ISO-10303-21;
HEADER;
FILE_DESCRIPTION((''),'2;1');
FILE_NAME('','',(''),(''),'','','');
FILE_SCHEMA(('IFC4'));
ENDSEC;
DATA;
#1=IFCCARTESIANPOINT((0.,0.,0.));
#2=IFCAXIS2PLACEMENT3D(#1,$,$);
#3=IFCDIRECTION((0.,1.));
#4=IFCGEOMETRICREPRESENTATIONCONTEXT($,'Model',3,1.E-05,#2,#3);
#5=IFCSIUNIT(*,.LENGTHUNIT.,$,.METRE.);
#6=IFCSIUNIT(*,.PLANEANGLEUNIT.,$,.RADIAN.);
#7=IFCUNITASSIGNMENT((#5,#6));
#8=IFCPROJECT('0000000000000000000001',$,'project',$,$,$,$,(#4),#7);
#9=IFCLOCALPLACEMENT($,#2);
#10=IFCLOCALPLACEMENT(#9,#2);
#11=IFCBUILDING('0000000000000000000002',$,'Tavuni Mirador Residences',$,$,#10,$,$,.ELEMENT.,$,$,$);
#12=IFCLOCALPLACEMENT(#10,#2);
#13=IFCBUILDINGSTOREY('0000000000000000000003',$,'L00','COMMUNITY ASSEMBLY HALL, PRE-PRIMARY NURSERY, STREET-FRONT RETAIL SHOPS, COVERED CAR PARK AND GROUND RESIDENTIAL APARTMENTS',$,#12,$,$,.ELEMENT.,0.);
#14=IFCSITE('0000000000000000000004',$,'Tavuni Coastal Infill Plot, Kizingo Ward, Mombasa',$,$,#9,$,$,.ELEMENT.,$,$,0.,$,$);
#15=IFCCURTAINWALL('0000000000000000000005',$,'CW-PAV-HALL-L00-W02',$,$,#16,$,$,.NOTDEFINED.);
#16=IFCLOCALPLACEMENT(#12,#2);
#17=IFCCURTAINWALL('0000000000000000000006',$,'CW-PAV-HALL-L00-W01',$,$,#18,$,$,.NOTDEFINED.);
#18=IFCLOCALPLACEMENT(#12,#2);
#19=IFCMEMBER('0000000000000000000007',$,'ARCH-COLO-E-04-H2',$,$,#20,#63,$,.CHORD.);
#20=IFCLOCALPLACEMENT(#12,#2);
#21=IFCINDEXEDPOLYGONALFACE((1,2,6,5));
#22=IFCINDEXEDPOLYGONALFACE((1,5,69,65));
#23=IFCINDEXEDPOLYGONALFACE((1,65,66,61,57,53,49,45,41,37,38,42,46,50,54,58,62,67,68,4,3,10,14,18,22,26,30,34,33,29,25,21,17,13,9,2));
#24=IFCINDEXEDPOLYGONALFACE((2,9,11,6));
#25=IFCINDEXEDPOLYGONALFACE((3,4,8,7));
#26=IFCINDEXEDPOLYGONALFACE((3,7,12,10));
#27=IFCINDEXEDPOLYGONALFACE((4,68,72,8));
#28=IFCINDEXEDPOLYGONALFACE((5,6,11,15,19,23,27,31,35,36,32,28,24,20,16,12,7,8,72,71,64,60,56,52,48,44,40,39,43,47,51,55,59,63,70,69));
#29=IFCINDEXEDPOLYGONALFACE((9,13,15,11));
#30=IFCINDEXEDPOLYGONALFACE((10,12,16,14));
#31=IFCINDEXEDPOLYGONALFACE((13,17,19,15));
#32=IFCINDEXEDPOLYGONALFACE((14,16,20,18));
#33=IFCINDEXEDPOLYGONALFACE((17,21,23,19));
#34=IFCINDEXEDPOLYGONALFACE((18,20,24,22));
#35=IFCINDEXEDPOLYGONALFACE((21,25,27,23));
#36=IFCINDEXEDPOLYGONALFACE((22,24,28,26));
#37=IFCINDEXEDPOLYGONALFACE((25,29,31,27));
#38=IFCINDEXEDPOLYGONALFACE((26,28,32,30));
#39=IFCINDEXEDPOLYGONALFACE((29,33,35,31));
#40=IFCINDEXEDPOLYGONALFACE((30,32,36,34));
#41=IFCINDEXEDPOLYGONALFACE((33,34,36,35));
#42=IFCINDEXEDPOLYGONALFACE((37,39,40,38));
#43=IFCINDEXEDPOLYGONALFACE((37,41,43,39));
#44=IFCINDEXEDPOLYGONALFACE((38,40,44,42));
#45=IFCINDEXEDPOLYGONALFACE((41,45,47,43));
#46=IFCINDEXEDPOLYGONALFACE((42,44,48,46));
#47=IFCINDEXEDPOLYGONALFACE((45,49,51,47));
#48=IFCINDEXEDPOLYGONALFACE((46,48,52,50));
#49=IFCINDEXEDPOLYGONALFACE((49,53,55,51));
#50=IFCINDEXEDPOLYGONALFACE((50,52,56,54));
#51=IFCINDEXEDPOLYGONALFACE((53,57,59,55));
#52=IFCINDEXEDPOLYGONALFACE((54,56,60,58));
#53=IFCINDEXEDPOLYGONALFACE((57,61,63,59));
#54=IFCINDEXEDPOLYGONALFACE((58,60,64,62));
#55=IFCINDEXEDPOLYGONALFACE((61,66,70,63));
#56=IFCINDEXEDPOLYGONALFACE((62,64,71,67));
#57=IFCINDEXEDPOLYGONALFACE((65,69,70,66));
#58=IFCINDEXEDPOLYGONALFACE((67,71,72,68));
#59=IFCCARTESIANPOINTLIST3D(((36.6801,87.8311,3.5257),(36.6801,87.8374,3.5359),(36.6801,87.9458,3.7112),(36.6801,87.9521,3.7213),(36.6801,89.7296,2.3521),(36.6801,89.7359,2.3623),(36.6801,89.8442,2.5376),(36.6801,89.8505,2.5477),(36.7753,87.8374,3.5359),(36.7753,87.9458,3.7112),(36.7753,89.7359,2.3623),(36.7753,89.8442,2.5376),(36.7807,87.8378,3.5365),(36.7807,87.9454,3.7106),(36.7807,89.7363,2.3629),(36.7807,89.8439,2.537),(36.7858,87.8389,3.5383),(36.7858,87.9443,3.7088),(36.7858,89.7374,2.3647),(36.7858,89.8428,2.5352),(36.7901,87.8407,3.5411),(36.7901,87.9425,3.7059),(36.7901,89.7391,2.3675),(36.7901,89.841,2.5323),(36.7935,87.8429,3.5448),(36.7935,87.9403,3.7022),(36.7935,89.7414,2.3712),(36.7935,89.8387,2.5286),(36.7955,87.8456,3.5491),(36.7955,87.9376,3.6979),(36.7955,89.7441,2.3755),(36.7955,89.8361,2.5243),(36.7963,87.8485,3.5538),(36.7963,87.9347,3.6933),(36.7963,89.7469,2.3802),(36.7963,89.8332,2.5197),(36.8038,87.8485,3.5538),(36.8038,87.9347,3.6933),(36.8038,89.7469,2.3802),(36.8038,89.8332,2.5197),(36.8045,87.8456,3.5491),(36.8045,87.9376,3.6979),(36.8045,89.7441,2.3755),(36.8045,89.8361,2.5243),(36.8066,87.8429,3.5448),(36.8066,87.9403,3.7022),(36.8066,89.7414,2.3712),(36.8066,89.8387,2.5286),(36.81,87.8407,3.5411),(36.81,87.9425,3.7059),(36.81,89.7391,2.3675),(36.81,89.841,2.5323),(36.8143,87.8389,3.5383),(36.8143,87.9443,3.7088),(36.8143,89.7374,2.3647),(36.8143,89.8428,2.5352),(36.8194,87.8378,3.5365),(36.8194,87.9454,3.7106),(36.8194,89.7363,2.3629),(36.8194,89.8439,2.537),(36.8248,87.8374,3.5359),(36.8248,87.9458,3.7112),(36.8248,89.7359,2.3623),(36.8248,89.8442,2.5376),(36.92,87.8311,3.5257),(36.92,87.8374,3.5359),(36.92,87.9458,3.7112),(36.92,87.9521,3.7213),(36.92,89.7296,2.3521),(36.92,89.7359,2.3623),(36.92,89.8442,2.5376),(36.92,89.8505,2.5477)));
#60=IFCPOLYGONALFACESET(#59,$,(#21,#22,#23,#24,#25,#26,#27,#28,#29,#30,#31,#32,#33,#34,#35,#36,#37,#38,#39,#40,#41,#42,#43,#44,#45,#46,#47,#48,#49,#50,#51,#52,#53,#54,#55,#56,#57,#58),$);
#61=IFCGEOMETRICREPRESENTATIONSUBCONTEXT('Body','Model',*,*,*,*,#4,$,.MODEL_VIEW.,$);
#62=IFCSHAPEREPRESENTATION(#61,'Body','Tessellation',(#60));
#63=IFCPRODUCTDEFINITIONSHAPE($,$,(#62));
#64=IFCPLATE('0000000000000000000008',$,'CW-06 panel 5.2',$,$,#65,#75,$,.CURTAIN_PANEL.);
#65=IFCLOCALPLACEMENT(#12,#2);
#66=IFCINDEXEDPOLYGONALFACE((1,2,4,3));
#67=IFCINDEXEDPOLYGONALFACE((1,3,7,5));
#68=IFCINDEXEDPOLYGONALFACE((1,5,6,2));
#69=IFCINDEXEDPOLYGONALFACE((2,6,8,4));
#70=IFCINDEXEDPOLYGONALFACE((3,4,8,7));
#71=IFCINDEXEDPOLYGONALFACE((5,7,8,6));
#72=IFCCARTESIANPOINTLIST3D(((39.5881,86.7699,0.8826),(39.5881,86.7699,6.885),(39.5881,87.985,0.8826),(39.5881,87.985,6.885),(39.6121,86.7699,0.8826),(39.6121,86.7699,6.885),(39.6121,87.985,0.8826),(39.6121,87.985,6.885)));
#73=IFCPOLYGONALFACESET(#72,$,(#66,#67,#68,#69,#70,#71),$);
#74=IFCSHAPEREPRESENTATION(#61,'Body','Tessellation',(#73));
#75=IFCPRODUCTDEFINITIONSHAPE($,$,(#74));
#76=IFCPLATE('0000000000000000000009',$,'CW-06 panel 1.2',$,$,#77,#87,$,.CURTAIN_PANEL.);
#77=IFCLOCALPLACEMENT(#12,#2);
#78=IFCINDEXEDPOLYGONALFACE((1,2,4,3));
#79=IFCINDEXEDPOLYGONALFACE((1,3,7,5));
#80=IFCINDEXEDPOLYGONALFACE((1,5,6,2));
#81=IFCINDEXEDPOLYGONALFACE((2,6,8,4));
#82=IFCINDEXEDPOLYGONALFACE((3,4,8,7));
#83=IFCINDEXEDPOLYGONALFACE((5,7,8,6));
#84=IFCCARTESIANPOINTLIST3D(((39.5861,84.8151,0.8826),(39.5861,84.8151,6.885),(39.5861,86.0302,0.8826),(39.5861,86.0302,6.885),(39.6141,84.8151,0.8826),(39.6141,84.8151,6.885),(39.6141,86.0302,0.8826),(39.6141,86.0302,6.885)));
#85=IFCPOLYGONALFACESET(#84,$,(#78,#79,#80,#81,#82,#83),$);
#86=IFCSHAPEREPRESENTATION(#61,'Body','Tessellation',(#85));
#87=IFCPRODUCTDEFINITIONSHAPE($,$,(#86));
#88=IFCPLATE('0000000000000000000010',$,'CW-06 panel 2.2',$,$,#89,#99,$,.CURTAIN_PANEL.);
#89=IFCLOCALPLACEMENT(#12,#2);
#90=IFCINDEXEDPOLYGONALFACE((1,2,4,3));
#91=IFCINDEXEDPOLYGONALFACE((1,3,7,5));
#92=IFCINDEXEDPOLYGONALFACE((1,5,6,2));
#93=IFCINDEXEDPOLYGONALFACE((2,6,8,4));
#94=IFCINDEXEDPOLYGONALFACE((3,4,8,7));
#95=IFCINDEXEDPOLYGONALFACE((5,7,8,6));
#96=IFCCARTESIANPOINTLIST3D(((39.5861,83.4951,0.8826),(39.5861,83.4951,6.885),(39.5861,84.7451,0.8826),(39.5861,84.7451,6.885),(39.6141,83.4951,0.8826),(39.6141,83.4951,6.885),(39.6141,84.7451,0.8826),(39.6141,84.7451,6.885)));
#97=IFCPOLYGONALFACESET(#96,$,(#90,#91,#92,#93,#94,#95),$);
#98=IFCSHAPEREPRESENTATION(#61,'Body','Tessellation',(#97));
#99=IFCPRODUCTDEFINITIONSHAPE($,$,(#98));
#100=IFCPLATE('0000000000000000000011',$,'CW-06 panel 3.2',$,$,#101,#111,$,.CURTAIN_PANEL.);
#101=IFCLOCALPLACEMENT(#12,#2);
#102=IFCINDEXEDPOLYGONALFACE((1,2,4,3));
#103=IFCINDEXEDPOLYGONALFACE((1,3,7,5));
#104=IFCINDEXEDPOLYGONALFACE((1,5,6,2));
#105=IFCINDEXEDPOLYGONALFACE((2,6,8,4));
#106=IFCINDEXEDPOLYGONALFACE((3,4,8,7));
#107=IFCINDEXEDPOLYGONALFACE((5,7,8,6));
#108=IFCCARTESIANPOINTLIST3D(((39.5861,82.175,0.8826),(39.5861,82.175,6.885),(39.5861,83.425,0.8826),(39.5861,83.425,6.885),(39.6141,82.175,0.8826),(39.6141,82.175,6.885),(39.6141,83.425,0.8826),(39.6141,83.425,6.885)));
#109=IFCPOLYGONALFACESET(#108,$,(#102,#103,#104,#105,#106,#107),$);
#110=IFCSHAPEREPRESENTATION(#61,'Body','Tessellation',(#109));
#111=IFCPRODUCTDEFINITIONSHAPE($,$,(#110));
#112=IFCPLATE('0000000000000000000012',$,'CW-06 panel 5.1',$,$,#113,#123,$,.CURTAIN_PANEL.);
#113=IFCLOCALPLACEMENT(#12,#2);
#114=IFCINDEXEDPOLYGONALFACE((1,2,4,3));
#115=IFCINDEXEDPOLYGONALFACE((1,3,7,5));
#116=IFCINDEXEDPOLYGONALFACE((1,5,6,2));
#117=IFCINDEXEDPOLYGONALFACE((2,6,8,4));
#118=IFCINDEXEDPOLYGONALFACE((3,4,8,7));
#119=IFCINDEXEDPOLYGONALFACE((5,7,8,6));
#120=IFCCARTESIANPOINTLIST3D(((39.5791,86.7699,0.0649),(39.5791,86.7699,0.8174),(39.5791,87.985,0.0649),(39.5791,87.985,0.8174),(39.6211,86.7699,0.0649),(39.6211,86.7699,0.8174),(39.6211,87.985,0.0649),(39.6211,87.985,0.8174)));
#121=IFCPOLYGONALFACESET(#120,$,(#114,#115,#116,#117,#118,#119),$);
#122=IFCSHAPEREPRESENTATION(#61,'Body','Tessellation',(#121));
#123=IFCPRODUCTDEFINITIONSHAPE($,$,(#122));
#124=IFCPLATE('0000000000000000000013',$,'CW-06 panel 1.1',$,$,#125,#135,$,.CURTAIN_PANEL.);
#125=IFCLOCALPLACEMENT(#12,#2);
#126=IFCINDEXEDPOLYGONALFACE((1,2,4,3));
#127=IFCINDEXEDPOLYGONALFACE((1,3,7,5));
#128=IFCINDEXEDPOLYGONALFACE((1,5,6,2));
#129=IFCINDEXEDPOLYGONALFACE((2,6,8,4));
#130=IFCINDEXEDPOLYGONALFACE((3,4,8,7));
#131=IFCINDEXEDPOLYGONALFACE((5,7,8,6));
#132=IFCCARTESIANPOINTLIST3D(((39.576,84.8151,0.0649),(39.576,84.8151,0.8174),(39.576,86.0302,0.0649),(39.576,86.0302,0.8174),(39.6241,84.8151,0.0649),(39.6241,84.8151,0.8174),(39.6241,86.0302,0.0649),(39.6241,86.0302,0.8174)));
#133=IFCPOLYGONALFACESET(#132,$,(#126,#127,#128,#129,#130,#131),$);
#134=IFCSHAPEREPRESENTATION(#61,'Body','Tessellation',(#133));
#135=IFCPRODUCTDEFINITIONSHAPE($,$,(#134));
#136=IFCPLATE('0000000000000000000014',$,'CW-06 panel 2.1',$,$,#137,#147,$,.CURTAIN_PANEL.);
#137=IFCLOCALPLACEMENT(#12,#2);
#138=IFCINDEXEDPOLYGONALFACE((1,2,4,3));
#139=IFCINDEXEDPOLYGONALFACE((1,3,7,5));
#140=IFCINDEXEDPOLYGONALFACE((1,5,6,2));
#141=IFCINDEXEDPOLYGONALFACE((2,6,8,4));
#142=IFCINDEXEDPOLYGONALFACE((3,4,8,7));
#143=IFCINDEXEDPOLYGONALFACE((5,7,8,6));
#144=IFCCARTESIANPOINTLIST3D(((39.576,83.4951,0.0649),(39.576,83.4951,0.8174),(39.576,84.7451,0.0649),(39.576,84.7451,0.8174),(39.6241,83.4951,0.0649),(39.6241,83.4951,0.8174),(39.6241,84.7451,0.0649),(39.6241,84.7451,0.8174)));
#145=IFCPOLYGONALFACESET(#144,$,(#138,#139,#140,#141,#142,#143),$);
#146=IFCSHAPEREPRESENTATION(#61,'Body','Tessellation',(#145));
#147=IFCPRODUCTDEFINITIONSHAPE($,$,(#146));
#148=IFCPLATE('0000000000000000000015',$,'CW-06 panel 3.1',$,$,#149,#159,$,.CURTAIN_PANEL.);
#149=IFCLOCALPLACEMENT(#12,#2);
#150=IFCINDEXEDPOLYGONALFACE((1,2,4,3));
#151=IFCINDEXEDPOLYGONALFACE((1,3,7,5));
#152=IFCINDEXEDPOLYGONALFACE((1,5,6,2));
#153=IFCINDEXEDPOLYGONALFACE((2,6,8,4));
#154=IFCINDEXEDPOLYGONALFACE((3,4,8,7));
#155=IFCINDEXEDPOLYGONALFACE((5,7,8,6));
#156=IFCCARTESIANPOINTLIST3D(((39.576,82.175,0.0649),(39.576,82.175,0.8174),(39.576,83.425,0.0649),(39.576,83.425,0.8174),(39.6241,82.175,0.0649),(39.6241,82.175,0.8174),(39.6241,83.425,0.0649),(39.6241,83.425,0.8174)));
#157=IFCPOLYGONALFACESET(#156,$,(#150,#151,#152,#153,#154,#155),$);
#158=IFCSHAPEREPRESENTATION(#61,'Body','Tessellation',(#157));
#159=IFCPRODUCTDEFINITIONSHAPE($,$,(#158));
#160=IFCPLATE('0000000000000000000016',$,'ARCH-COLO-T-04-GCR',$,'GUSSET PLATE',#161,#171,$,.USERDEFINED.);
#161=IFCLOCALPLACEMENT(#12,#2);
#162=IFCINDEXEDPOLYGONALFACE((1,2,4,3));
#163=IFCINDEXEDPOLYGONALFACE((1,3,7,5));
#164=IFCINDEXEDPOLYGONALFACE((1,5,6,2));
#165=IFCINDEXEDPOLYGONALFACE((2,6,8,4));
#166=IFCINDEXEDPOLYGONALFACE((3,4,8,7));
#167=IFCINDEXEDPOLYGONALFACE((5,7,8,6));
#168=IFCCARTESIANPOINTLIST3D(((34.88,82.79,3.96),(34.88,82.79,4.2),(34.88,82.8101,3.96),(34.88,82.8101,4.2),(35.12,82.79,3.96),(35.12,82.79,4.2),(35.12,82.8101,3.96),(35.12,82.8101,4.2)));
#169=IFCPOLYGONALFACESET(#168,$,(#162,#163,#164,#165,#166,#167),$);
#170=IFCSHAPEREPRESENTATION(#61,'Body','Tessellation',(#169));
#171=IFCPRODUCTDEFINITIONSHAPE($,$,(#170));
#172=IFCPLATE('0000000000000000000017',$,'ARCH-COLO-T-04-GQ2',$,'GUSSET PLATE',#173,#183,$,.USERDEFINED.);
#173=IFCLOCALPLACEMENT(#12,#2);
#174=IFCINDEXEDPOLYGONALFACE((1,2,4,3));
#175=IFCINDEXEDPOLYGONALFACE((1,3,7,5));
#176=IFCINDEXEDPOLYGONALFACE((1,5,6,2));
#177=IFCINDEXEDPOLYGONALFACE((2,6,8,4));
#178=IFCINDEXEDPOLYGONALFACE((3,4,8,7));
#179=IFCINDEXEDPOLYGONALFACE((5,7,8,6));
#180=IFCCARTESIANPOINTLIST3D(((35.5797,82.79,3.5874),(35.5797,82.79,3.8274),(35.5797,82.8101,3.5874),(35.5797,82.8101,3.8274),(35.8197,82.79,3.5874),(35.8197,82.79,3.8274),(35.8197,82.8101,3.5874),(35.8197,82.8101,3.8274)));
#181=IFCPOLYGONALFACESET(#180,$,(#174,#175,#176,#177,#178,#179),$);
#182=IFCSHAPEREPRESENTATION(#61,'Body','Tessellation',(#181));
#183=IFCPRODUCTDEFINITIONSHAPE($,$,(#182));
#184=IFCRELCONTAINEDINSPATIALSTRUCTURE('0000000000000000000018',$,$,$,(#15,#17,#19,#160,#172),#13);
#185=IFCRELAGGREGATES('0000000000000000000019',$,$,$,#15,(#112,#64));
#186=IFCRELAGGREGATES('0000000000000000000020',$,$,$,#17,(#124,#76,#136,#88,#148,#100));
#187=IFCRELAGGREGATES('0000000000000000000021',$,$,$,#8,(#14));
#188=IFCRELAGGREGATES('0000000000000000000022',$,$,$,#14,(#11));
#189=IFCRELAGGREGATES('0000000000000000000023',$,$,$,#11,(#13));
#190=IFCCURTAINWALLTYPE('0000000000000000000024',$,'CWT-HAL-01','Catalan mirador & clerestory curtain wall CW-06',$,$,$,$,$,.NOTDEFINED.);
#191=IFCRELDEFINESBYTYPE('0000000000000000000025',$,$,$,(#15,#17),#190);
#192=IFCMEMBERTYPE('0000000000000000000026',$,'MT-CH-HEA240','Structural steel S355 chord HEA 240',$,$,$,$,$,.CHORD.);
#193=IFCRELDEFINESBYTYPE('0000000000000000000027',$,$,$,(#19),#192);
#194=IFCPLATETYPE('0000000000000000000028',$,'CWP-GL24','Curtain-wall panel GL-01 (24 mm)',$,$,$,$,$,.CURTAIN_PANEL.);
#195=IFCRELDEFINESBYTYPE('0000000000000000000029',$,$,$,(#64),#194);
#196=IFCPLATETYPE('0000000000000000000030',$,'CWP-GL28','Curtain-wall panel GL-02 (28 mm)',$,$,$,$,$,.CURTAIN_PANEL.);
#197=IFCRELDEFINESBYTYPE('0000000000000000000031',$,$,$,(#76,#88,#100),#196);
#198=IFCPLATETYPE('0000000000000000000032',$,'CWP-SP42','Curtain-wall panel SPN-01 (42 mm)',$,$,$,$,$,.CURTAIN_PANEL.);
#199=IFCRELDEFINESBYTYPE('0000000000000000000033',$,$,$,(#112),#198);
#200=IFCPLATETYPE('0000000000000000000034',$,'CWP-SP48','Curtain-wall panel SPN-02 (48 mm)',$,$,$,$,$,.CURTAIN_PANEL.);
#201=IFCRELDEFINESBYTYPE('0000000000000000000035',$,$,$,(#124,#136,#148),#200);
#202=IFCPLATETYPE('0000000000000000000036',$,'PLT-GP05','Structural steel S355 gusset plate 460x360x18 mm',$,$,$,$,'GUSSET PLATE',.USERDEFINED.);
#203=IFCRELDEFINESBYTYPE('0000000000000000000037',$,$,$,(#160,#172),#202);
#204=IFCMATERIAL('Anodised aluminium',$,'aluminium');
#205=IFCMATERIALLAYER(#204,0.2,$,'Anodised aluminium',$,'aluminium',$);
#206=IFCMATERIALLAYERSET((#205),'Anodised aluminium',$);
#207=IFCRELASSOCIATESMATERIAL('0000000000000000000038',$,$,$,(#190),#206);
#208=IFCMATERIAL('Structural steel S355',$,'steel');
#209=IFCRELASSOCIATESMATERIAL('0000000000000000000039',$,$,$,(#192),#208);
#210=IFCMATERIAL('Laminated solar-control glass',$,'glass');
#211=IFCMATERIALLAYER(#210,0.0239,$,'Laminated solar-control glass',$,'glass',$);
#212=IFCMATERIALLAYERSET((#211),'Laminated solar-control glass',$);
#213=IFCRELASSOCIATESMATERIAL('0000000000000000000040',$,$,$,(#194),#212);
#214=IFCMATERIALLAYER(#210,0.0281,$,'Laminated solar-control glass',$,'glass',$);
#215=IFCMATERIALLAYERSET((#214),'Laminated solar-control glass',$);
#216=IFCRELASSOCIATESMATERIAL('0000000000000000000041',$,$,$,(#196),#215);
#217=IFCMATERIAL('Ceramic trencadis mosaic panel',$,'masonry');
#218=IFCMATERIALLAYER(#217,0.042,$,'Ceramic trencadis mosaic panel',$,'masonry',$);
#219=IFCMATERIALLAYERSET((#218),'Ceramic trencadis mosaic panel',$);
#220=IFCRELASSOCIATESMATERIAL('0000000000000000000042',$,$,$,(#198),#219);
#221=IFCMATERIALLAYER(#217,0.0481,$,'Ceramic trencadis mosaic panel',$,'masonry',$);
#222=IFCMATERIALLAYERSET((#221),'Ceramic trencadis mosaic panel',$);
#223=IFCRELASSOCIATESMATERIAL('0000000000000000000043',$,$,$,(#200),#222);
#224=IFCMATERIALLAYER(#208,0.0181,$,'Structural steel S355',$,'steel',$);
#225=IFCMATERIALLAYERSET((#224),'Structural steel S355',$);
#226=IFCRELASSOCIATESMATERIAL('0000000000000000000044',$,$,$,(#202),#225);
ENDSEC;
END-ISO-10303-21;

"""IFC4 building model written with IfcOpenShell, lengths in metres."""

from ifc_helpers import new_model, si_unit, direction, frame, origin, origin_2d, place, context, subcontext, project, spatial, rectangle, i_section, extrude, material, layer, layer_set, material_profile, profile_set, type_object, element, aggregate, save


model = new_model("IFC4")

# Units and contexts
model_context = context("Model", 3, precision=1e-05, world=origin(), true_north=direction((0.0, 1.0)))
body_context = subcontext(model_context, "Body", "Model", "MODEL_VIEW")
ifc_project = project(units=[si_unit("LENGTHUNIT", "METRE"), si_unit("PLANEANGLEUNIT", "RADIAN")], contexts=[model_context])

# Site, building, storey
site_placement = place(None, origin())
site = spatial("IfcSite", under=ifc_project, at=site_placement, Name="Tavuni Coastal Infill Plot, Kizingo Ward, Mombasa", CompositionType="ELEMENT", RefElevation=0.0)
building_placement = place(site_placement, origin())
building = spatial("IfcBuilding", under=site, at=building_placement, Name="Tavuni Mirador Residences", CompositionType="ELEMENT")
storey_placement = place(building_placement, origin())
storey = spatial("IfcBuildingStorey", under=building, at=storey_placement, Name="L00", Description="COMMUNITY ASSEMBLY HALL, PRE-PRIMARY NURSERY, STREET-FRONT RETAIL SHOPS, COVERED CAR PARK AND GROUND RESIDENTIAL APARTMENTS", CompositionType="ELEMENT", Elevation=0.0)

# Curtain wall
ifc_material_1 = material(Name="Anodised aluminium", Category="aluminium")
ifc_layer_1 = layer(ifc_material_1, 0.2, Name="Anodised aluminium", Category="aluminium")
ifc_layer_set_1 = layer_set([ifc_layer_1], Name="Anodised aluminium")
curtain_wall_type = type_object("IfcCurtainWallType", Name="CWT-HAL-01", Description="Catalan mirador & clerestory curtain wall CW-06", PredefinedType="NOTDEFINED", material=ifc_layer_set_1)
curtain_wall_1_placement = place(storey_placement, origin())
curtain_wall_1 = element("IfcCurtainWall", 1, at=curtain_wall_1_placement, inside=storey, type_object=curtain_wall_type, Name="CW-PAV-HALL-L00-W02", PredefinedType="NOTDEFINED")

# Curtain wall
curtain_wall_2_placement = place(storey_placement, origin())
curtain_wall_2 = element("IfcCurtainWall", 2, at=curtain_wall_2_placement, inside=storey, type_object=curtain_wall_type, Name="CW-PAV-HALL-L00-W01", PredefinedType="NOTDEFINED")

# Member
ifc_material_2 = material(Name="Structural steel S355", Category="steel")
ifc_material_profile_1 = material_profile(ifc_material_2, i_section(OverallWidth=0.24, OverallDepth=0.23, WebThickness=0.0076, FlangeThickness=0.012, FilletRadius=0.021, at=origin_2d()), Name="HEA 240", Category="steel")
ifc_profile_set_1 = profile_set([ifc_material_profile_1], Name="Structural steel S355")
member_type_1 = type_object("IfcMemberType", Name="MT-CH-HEA240", Description="Structural steel S355 chord HEA 240", PredefinedType="CHORD", material=ifc_profile_set_1)
member_1_placement = place(storey_placement, frame((36.8, 87.8916, 3.6235), z_axis=(0.0, 0.850594, -0.525824), x_axis=(-1.0, 0.0, 0.0)))
element("IfcMember", 3, at=member_1_placement, inside=storey, type_object=member_type_1, Name="ARCH-COLO-E-04-H2", PredefinedType="CHORD", context=body_context, shape_type="SweptSolid", body=[
    extrude(i_section(OverallWidth=0.24, OverallDepth=0.23, WebThickness=0.0076, FlangeThickness=0.012, FilletRadius=0.021, at=origin_2d()), origin(), (0.0, 0.0, 1.0), 2.2319),
])

# Plates
ifc_material_3 = material(Name="Laminated solar-control glass", Category="glass")
ifc_layer_2 = layer(ifc_material_3, 0.0239, Name="Laminated solar-control glass", Category="glass")
ifc_layer_set_2 = layer_set([ifc_layer_2], Name="Laminated solar-control glass")
plate_type_1 = type_object("IfcPlateType", Name="CWP-GL24", Description="Curtain-wall panel GL-01 (24 mm)", PredefinedType="CURTAIN_PANEL", material=ifc_layer_set_2)
plate_1_placement = place(storey_placement, frame((39.6001, 87.3774, 0.8826), z_axis=(0.0, 0.0, 1.0), x_axis=(0.0, -1.0, 0.0)))
plate_1 = element("IfcPlate", 4, at=plate_1_placement, type_object=plate_type_1, Name="CW-06 panel 5.2", PredefinedType="CURTAIN_PANEL", context=body_context, shape_type="SweptSolid", body=[
    extrude(rectangle(XDim=1.2151, YDim=0.0239, at=origin_2d()), origin(), (0.0, 0.0, 1.0), 6.0024),
])
ifc_layer_3 = layer(ifc_material_3, 0.0281, Name="Laminated solar-control glass", Category="glass")
ifc_layer_set_3 = layer_set([ifc_layer_3], Name="Laminated solar-control glass")
plate_type_2 = type_object("IfcPlateType", Name="CWP-GL28", Description="Curtain-wall panel GL-02 (28 mm)", PredefinedType="CURTAIN_PANEL", material=ifc_layer_set_3)
plate_2_placement = place(storey_placement, frame((39.6001, 85.4226, 0.8826), z_axis=(0.0, 0.0, 1.0), x_axis=(0.0, -1.0, 0.0)))
plate_2 = element("IfcPlate", 5, at=plate_2_placement, type_object=plate_type_2, Name="CW-06 panel 1.2", PredefinedType="CURTAIN_PANEL", context=body_context, shape_type="SweptSolid", body=[
    extrude(rectangle(XDim=1.2151, YDim=0.0281, at=origin_2d()), origin(), (0.0, 0.0, 1.0), 6.0024),
])
plate_3_placement = place(storey_placement, frame((39.6001, 84.1201, 0.8826), z_axis=(0.0, 0.0, 1.0), x_axis=(0.0, -1.0, 0.0)))
plate_3 = element("IfcPlate", 6, at=plate_3_placement, type_object=plate_type_2, Name="CW-06 panel 2.2", PredefinedType="CURTAIN_PANEL", context=body_context, shape_type="SweptSolid", body=[
    extrude(rectangle(XDim=1.25, YDim=0.0281, at=origin_2d()), origin(), (0.0, 0.0, 1.0), 6.0024),
])
plate_4_placement = place(storey_placement, frame((39.6001, 82.8, 0.8826), z_axis=(0.0, 0.0, 1.0), x_axis=(0.0, -1.0, 0.0)))
plate_4 = element("IfcPlate", 7, at=plate_4_placement, type_object=plate_type_2, Name="CW-06 panel 3.2", PredefinedType="CURTAIN_PANEL", context=body_context, shape_type="SweptSolid", body=[
    extrude(rectangle(XDim=1.25, YDim=0.0281, at=origin_2d()), origin(), (0.0, 0.0, 1.0), 6.0024),
])
ifc_material_4 = material(Name="Ceramic trencadis mosaic panel", Category="masonry")
ifc_layer_4 = layer(ifc_material_4, 0.042, Name="Ceramic trencadis mosaic panel", Category="masonry")
ifc_layer_set_4 = layer_set([ifc_layer_4], Name="Ceramic trencadis mosaic panel")
plate_type_3 = type_object("IfcPlateType", Name="CWP-SP42", Description="Curtain-wall panel SPN-01 (42 mm)", PredefinedType="CURTAIN_PANEL", material=ifc_layer_set_4)
plate_5_placement = place(storey_placement, frame((39.6001, 87.3774, 0.0649), z_axis=(0.0, 0.0, 1.0), x_axis=(0.0, -1.0, 0.0)))
plate_5 = element("IfcPlate", 8, at=plate_5_placement, type_object=plate_type_3, Name="CW-06 panel 5.1", PredefinedType="CURTAIN_PANEL", context=body_context, shape_type="SweptSolid", body=[
    extrude(rectangle(XDim=1.2151, YDim=0.042, at=origin_2d()), origin(), (0.0, 0.0, 1.0), 0.7524),
])
aggregate(curtain_wall_1, [plate_5, plate_1])
ifc_layer_5 = layer(ifc_material_4, 0.0481, Name="Ceramic trencadis mosaic panel", Category="masonry")
ifc_layer_set_5 = layer_set([ifc_layer_5], Name="Ceramic trencadis mosaic panel")
plate_type_4 = type_object("IfcPlateType", Name="CWP-SP48", Description="Curtain-wall panel SPN-02 (48 mm)", PredefinedType="CURTAIN_PANEL", material=ifc_layer_set_5)
plate_6_placement = place(storey_placement, frame((39.6001, 85.4226, 0.0649), z_axis=(0.0, 0.0, 1.0), x_axis=(0.0, -1.0, 0.0)))
plate_6 = element("IfcPlate", 9, at=plate_6_placement, type_object=plate_type_4, Name="CW-06 panel 1.1", PredefinedType="CURTAIN_PANEL", context=body_context, shape_type="SweptSolid", body=[
    extrude(rectangle(XDim=1.2151, YDim=0.0481, at=origin_2d()), origin(), (0.0, 0.0, 1.0), 0.7524),
])
plate_7_placement = place(storey_placement, frame((39.6001, 84.1201, 0.0649), z_axis=(0.0, 0.0, 1.0), x_axis=(0.0, -1.0, 0.0)))
plate_7 = element("IfcPlate", 10, at=plate_7_placement, type_object=plate_type_4, Name="CW-06 panel 2.1", PredefinedType="CURTAIN_PANEL", context=body_context, shape_type="SweptSolid", body=[
    extrude(rectangle(XDim=1.25, YDim=0.0481, at=origin_2d()), origin(), (0.0, 0.0, 1.0), 0.7524),
])
plate_8_placement = place(storey_placement, frame((39.6001, 82.8, 0.0649), z_axis=(0.0, 0.0, 1.0), x_axis=(0.0, -1.0, 0.0)))
plate_8 = element("IfcPlate", 11, at=plate_8_placement, type_object=plate_type_4, Name="CW-06 panel 3.1", PredefinedType="CURTAIN_PANEL", context=body_context, shape_type="SweptSolid", body=[
    extrude(rectangle(XDim=1.25, YDim=0.0481, at=origin_2d()), origin(), (0.0, 0.0, 1.0), 0.7524),
])
aggregate(curtain_wall_2, [plate_6, plate_2, plate_7, plate_3, plate_8, plate_4])

# Plates
ifc_layer_6 = layer(ifc_material_2, 0.0181, Name="Structural steel S355", Category="steel")
ifc_layer_set_6 = layer_set([ifc_layer_6], Name="Structural steel S355")
plate_type_5 = type_object("IfcPlateType", Name="PLT-GP05", Description="Structural steel S355 gusset plate 460x360x18 mm", ElementType="GUSSET PLATE", PredefinedType="USERDEFINED", material=ifc_layer_set_6)
for number, where, z_axis, x_axis, name in (
    (12, (35.0, 82.8, 3.96), (0.0, 0.0, 1.0), (1.0, 0.0, 0.0), "ARCH-COLO-T-04-GCR"),
    (13, (35.6997, 82.8, 3.5874), (0.0, 0.0, 1.0), (1.0, 0.0, 0.0), "ARCH-COLO-T-04-GQ2"),
):
    element("IfcPlate", number, at=place(storey_placement, frame(where, z_axis=z_axis, x_axis=x_axis)), inside=storey, type_object=plate_type_5, Name=name, ObjectType="GUSSET PLATE", PredefinedType="USERDEFINED", context=body_context, shape_type="SweptSolid", body=[
        extrude(rectangle(XDim=0.24, YDim=0.02, at=origin_2d()), origin(), (0.0, 0.0, 1.0), 0.24),
    ])

save(model, "model.ifc")
